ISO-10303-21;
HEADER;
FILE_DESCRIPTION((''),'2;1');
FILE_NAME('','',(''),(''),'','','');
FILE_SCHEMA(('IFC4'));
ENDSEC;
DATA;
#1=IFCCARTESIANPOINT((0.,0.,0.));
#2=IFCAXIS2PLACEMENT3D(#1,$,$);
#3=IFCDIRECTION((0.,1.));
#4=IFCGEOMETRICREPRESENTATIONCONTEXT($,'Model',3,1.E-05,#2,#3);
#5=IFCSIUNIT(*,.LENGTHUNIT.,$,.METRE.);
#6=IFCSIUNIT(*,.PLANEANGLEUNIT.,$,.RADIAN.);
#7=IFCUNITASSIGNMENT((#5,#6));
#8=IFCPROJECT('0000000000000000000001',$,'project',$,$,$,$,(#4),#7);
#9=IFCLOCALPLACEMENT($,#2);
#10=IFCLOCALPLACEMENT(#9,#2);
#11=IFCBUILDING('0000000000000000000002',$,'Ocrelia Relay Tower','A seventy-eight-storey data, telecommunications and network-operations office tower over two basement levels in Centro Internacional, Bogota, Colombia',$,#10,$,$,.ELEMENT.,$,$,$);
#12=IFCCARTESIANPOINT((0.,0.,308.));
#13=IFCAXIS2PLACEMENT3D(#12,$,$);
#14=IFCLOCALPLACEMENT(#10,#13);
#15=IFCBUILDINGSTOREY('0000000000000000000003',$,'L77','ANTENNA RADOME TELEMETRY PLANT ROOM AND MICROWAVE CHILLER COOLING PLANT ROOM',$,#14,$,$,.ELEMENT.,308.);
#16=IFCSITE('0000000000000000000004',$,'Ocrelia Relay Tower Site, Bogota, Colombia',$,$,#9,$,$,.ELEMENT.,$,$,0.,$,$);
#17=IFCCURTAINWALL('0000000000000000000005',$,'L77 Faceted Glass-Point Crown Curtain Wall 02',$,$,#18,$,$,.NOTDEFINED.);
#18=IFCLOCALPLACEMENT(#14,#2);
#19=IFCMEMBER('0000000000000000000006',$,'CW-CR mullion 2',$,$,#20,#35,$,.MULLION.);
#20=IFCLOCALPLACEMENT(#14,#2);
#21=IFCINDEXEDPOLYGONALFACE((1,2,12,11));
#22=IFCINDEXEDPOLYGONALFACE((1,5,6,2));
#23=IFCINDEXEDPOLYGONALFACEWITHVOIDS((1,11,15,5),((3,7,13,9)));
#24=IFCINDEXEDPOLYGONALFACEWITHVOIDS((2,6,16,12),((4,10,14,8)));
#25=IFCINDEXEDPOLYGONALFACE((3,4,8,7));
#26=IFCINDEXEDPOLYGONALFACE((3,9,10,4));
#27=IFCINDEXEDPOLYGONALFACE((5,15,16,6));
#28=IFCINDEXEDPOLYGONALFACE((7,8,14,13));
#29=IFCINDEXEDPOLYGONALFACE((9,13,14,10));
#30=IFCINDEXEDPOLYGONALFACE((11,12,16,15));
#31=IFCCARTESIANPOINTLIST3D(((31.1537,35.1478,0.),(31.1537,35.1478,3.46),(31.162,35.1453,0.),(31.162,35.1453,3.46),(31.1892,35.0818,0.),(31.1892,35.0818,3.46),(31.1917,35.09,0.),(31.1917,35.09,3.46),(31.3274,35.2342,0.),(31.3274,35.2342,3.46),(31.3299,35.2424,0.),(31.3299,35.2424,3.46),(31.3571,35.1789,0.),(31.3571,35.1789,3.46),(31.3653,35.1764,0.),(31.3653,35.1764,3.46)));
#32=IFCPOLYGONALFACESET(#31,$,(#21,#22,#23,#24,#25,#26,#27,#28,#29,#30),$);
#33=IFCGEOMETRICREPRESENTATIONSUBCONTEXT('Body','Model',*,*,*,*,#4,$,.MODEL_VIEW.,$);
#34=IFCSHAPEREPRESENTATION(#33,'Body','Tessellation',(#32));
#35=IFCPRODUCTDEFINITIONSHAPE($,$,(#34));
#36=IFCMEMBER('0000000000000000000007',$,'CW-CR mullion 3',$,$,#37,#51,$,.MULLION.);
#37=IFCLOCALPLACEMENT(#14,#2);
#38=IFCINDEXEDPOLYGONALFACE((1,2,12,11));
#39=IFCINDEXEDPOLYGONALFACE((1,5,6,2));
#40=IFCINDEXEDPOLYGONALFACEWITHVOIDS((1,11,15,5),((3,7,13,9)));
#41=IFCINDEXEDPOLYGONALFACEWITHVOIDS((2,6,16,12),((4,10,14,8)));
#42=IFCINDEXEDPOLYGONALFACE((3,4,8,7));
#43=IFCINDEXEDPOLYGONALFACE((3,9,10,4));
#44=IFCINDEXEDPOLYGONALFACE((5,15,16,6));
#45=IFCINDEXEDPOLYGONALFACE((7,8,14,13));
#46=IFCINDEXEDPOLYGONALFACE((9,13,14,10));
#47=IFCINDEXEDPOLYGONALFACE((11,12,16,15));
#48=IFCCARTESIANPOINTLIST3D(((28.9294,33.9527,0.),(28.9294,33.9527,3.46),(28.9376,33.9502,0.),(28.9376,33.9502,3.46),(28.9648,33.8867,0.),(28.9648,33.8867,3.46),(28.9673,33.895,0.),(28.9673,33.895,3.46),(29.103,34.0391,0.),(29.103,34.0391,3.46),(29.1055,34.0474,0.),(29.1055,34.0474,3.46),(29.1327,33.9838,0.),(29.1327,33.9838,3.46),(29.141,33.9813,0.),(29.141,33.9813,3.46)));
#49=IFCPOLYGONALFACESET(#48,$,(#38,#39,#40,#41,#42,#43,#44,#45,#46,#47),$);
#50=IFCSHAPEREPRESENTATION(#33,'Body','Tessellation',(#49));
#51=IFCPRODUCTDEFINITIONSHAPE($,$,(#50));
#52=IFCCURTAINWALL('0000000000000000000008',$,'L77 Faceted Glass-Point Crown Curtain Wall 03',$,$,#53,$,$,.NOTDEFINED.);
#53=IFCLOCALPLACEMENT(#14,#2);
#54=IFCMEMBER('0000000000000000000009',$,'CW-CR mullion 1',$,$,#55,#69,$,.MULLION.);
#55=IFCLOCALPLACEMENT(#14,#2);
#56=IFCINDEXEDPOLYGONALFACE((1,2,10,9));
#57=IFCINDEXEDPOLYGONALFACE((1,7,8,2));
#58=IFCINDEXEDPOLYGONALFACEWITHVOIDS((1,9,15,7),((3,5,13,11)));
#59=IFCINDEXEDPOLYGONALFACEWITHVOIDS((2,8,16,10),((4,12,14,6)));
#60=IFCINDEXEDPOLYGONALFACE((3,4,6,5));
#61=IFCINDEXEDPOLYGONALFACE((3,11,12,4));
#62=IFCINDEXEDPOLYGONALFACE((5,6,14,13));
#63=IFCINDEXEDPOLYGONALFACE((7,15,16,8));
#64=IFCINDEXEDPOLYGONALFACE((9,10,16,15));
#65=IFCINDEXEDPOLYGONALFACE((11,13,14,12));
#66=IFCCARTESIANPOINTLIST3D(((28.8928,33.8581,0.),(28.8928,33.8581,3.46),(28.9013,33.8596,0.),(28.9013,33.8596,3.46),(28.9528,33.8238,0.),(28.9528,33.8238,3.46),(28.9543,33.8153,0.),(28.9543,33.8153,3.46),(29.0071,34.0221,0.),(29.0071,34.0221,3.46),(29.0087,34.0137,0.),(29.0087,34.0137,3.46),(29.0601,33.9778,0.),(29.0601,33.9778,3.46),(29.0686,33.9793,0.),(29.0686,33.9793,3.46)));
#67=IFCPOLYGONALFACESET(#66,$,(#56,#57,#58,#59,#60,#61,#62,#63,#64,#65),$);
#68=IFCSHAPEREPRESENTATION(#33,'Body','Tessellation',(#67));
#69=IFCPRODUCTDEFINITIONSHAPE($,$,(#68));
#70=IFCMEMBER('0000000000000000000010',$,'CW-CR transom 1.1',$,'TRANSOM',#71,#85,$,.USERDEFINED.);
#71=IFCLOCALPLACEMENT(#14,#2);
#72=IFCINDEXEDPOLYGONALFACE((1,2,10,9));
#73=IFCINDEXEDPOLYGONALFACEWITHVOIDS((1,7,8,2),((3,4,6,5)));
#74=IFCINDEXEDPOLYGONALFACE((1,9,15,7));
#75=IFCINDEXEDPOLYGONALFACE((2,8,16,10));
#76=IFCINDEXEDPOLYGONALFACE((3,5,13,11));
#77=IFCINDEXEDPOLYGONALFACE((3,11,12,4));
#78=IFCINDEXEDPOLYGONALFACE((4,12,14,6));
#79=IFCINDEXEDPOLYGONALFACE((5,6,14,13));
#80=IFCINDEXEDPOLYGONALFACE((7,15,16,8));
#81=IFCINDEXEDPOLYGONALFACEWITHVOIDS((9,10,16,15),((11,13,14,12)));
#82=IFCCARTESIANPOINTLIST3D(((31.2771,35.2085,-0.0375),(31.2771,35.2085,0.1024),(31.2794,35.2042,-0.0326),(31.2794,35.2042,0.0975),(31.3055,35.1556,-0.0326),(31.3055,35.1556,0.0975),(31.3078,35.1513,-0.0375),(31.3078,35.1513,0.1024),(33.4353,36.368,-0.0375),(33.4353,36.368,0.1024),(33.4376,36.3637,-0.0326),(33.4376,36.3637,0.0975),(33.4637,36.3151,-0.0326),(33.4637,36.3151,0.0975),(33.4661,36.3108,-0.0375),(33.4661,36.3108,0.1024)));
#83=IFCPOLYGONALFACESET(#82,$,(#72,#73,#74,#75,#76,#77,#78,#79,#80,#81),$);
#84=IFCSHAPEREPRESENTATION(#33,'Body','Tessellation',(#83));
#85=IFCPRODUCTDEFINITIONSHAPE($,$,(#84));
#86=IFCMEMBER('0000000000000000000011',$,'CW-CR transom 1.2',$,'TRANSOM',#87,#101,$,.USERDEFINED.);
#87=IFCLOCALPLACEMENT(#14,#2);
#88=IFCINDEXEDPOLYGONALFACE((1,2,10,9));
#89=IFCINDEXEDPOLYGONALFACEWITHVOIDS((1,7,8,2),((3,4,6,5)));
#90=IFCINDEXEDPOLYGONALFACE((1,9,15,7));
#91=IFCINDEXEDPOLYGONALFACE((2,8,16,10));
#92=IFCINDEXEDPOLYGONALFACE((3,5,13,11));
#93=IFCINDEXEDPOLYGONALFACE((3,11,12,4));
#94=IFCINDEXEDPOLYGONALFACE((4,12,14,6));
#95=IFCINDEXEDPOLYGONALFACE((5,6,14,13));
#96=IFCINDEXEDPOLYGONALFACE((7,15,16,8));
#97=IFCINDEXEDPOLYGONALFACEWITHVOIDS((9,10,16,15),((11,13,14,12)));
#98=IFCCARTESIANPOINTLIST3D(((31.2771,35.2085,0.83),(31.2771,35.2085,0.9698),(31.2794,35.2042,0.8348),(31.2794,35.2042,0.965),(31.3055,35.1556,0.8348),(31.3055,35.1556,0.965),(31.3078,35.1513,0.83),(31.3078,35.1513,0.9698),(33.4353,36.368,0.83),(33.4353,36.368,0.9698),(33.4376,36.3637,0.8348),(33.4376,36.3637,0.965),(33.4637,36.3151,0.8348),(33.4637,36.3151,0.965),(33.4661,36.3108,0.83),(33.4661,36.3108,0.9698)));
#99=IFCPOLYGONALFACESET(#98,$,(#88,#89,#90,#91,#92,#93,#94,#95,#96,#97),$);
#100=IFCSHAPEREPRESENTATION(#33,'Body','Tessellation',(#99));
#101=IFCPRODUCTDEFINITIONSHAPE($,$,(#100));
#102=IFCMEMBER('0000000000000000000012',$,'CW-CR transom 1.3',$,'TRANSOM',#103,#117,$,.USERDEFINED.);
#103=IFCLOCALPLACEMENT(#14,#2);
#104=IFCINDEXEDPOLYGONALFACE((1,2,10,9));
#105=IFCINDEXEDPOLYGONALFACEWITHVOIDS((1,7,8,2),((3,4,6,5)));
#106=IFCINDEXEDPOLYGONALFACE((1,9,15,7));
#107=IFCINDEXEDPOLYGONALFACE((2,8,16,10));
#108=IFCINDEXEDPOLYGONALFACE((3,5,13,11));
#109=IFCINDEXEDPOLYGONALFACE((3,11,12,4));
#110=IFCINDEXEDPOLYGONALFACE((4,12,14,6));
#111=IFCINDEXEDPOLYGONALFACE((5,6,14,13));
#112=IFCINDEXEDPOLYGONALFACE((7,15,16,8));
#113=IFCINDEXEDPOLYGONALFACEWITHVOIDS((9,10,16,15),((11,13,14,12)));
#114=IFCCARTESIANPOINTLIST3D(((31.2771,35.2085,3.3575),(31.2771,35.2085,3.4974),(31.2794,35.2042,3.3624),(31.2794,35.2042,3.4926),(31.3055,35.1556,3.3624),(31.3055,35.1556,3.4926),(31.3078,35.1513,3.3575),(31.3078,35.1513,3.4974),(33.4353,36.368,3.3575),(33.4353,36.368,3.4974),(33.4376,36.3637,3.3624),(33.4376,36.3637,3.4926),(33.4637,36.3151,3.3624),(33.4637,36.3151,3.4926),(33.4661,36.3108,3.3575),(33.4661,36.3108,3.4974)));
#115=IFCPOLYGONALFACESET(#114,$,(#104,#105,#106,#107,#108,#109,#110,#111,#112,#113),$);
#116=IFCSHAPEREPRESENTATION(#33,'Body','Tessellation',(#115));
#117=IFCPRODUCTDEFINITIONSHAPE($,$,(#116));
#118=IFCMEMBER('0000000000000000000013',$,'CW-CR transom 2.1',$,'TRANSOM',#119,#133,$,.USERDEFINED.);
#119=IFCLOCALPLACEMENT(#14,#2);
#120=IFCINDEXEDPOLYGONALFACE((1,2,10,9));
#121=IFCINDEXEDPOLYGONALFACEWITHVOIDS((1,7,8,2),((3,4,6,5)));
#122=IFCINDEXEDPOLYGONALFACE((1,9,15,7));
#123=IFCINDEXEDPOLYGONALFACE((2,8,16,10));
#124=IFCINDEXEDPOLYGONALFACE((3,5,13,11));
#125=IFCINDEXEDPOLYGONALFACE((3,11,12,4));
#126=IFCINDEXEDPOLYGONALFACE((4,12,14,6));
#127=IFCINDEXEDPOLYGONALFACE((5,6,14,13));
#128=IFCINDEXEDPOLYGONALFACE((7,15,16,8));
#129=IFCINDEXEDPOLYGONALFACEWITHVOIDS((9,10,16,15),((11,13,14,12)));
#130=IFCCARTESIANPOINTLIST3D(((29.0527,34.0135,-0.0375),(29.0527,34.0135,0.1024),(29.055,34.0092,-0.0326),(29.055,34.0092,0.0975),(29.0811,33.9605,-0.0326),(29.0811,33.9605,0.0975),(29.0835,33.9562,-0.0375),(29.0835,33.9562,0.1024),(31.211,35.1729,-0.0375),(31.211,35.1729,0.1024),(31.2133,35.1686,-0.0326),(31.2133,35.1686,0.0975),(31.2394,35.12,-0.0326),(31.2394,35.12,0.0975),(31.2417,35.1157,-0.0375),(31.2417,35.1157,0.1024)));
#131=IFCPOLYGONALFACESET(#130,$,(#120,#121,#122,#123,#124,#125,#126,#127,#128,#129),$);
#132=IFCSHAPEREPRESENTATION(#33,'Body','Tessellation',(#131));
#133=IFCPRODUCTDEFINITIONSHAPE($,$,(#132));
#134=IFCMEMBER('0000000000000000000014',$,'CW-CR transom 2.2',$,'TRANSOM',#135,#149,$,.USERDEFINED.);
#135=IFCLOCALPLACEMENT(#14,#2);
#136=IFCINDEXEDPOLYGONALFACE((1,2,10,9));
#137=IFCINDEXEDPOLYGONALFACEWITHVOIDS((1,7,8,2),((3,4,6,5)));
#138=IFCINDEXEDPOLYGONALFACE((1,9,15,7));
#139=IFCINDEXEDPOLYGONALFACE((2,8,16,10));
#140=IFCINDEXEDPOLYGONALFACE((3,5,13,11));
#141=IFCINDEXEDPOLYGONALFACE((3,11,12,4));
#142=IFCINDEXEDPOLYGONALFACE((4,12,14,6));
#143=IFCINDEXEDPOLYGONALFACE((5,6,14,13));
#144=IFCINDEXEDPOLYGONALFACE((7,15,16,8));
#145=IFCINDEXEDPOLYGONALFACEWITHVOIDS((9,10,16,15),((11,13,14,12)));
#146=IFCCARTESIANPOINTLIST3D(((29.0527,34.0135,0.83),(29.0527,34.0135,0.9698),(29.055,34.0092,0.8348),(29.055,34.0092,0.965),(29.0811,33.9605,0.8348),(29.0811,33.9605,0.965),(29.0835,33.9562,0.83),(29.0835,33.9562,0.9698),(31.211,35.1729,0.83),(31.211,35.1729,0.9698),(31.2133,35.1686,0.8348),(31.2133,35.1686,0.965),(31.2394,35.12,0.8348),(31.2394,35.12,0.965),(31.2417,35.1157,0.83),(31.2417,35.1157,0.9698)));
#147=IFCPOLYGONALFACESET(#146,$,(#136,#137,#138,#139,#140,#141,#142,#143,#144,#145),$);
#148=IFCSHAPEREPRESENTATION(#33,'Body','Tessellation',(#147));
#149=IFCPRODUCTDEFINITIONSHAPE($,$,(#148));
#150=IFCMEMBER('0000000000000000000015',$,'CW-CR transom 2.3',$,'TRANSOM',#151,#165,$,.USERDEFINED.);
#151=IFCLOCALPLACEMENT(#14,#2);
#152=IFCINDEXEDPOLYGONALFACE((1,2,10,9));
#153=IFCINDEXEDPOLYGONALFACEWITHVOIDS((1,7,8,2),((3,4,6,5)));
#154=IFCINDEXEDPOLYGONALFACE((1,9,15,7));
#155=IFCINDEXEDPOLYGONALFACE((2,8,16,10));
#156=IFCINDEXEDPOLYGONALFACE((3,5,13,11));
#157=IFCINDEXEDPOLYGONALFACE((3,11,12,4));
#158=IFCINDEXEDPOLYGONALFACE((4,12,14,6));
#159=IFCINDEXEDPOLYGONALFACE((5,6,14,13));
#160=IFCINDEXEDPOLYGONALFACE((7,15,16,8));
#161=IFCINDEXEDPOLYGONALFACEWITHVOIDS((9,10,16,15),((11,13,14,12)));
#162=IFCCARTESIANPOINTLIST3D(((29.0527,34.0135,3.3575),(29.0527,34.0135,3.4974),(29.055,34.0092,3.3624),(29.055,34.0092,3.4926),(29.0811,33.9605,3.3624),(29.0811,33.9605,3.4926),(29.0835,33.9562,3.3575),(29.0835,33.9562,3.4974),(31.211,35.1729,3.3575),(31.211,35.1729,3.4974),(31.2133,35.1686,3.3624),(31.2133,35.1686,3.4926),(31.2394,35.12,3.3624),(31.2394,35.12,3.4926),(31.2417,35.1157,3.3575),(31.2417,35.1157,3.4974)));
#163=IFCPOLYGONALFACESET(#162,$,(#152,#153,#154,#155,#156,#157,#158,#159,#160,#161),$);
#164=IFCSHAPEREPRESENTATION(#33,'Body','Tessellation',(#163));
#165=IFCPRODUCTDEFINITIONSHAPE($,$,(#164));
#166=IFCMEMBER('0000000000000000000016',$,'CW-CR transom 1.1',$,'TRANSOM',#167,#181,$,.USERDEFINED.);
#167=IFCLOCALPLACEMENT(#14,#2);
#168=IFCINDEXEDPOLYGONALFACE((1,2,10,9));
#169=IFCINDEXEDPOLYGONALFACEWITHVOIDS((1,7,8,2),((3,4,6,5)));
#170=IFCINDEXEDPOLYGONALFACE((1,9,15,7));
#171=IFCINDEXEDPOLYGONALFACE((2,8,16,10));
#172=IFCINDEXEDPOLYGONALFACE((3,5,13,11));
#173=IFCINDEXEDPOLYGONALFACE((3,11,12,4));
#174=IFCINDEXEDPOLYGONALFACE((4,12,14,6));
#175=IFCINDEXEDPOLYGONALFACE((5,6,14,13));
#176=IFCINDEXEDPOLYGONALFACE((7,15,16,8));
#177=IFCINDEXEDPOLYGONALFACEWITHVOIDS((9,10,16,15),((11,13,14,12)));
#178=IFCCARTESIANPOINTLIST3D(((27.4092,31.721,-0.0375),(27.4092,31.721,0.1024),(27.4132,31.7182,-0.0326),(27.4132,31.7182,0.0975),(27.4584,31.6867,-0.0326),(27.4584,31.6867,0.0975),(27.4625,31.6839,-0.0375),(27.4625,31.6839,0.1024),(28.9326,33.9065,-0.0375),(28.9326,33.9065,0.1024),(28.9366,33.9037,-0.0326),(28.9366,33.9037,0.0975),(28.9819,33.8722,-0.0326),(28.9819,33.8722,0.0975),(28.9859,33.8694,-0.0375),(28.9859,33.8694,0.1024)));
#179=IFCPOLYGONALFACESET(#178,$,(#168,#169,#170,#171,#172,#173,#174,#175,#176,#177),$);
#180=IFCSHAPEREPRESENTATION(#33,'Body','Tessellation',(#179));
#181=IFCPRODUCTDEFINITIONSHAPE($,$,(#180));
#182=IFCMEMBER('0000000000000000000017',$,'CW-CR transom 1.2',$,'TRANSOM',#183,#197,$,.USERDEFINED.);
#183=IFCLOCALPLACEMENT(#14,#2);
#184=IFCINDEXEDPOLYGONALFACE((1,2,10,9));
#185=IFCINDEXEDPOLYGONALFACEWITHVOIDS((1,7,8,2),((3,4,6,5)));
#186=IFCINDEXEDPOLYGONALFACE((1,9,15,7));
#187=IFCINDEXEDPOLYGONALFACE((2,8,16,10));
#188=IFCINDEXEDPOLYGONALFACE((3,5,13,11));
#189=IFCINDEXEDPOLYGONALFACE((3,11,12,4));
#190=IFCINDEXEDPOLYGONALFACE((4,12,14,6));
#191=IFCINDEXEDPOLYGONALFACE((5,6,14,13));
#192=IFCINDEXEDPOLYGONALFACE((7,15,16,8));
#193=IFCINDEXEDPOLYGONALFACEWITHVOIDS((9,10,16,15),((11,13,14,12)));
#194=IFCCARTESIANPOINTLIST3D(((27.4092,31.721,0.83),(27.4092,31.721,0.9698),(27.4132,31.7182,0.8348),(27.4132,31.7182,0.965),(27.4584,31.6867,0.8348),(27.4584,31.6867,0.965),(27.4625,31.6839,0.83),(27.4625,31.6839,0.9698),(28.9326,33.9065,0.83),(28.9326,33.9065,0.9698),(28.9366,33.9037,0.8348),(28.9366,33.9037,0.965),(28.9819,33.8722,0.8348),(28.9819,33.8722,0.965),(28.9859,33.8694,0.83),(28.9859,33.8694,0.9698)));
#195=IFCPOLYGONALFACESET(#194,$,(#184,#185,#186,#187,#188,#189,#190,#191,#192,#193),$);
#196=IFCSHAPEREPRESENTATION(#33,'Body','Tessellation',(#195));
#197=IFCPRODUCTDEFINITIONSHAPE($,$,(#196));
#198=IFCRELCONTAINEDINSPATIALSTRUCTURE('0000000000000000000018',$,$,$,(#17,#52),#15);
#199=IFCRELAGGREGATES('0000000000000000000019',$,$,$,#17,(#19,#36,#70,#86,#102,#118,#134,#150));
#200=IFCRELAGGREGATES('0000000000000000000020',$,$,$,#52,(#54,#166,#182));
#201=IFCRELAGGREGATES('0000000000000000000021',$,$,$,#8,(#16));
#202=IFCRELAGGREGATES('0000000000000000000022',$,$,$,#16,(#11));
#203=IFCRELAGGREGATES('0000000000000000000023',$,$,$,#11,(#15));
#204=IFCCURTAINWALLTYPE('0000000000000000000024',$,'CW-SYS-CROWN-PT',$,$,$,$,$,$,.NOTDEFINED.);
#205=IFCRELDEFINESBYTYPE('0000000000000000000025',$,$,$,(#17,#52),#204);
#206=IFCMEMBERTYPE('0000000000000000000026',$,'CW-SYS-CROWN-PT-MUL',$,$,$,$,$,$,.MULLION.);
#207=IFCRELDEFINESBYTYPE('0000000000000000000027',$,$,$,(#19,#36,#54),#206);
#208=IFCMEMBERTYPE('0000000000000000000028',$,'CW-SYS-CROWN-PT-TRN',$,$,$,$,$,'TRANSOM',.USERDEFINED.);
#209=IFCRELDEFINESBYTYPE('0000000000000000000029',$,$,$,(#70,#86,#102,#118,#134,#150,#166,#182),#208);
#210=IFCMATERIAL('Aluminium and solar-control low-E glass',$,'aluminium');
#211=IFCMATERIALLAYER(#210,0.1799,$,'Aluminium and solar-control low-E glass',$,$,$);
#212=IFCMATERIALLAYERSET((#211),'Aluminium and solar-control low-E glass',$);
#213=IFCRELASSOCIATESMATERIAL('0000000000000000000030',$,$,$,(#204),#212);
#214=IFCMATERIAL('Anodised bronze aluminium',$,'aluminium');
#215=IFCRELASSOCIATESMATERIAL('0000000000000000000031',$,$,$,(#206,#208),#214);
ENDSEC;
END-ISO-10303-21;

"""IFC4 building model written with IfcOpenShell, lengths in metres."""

from ifc_helpers import new_model, si_unit, direction, frame, origin, origin_2d, place, context, subcontext, project, spatial, hollow_rectangle, extrude, material, layer, layer_set, material_profile, profile_set, type_object, element, aggregate, save


model = new_model("IFC4")

# Units and contexts
model_context = context("Model", 3, precision=1e-05, world=origin(), true_north=direction((0.0, 1.0)))
body_context = subcontext(model_context, "Body", "Model", "MODEL_VIEW")
ifc_project = project(units=[si_unit("LENGTHUNIT", "METRE"), si_unit("PLANEANGLEUNIT", "RADIAN")], contexts=[model_context])

# Site, building, storey
site_placement = place(None, origin())
site = spatial("IfcSite", under=ifc_project, at=site_placement, Name="Ocrelia Relay Tower Site, Bogota, Colombia", CompositionType="ELEMENT", RefElevation=0.0)
building_placement = place(site_placement, origin())
building = spatial("IfcBuilding", under=site, at=building_placement, Name="Ocrelia Relay Tower", Description="A seventy-eight-storey data, telecommunications and network-operations office tower over two basement levels in Centro Internacional, Bogota, Colombia", CompositionType="ELEMENT")
storey_placement = place(building_placement, frame((0.0, 0.0, 308.0)))
storey = spatial("IfcBuildingStorey", under=building, at=storey_placement, Name="L77", Description="ANTENNA RADOME TELEMETRY PLANT ROOM AND MICROWAVE CHILLER COOLING PLANT ROOM", CompositionType="ELEMENT", Elevation=308.0)

# Shared definitions
ifc_material_1 = material(Name="Aluminium and solar-control low-E glass", Category="aluminium")
ifc_layer_1 = layer(ifc_material_1, 0.1799, Name="Aluminium and solar-control low-E glass")
ifc_layer_set_1 = layer_set([ifc_layer_1], Name="Aluminium and solar-control low-E glass")
curtain_wall_type = type_object("IfcCurtainWallType", Name="CW-SYS-CROWN-PT", PredefinedType="NOTDEFINED", material=ifc_layer_set_1)
ifc_material_2 = material(Name="Anodised bronze aluminium", Category="aluminium")
ifc_material_profile_1 = material_profile(ifc_material_2, hollow_rectangle(XDim=0.075, YDim=0.2, WallThickness=0.0061, at=origin_2d()), Name="CW-MUL-200x75")
ifc_profile_set_1 = profile_set([ifc_material_profile_1], Name="Anodised bronze aluminium")
member_type_1 = type_object("IfcMemberType", Name="CW-SYS-CROWN-PT-MUL", PredefinedType="MULLION", material=ifc_profile_set_1)

# Curtain wall, members
curtain_wall_1_placement = place(storey_placement, origin())
curtain_wall_1 = element("IfcCurtainWall", 1, at=curtain_wall_1_placement, inside=storey, type_object=curtain_wall_type, Name="L77 Faceted Glass-Point Crown Curtain Wall 02", PredefinedType="NOTDEFINED")
member_1_placement = place(storey_placement, frame((31.2595, 35.1621, 0.0), z_axis=(0.0, 0.0, 1.0), x_axis=(0.473277, -0.880914, 0.0)))
member_1 = element("IfcMember", 2, at=member_1_placement, type_object=member_type_1, Name="CW-CR mullion 2", PredefinedType="MULLION", context=body_context, shape_type="SweptSolid", body=[
    extrude(hollow_rectangle(XDim=0.075, YDim=0.2, WallThickness=0.0061, at=origin_2d()), origin(), (0.0, 0.0, 1.0), 3.46),
])
member_2_placement = place(storey_placement, frame((29.0352, 33.967, 0.0), z_axis=(0.0, 0.0, 1.0), x_axis=(0.473277, -0.880914, 0.0)))
member_2 = element("IfcMember", 3, at=member_2_placement, type_object=member_type_1, Name="CW-CR mullion 3", PredefinedType="MULLION", context=body_context, shape_type="SweptSolid", body=[
    extrude(hollow_rectangle(XDim=0.075, YDim=0.2, WallThickness=0.0061, at=origin_2d()), origin(), (0.0, 0.0, 1.0), 3.46),
])

# Curtain wall, member
curtain_wall_2_placement = place(storey_placement, origin())
curtain_wall_2 = element("IfcCurtainWall", 4, at=curtain_wall_2_placement, inside=storey, type_object=curtain_wall_type, Name="L77 Faceted Glass-Point Crown Curtain Wall 03", PredefinedType="NOTDEFINED")
member_3_placement = place(storey_placement, frame((28.9807, 33.9187, 0.0), z_axis=(0.0, 0.0, 1.0), x_axis=(0.82036, -0.571848, 0.0)))
member_3 = element("IfcMember", 5, at=member_3_placement, type_object=member_type_1, Name="CW-CR mullion 1", PredefinedType="MULLION", context=body_context, shape_type="SweptSolid", body=[
    extrude(hollow_rectangle(XDim=0.075, YDim=0.2, WallThickness=0.0061, at=origin_2d()), origin(), (0.0, 0.0, 1.0), 3.46),
])

# Members
ifc_material_profile_2 = material_profile(ifc_material_2, hollow_rectangle(XDim=0.0649, YDim=0.1399, WallThickness=0.0049, at=origin_2d()), Name="CW-TRN-140x65")
ifc_profile_set_2 = profile_set([ifc_material_profile_2], Name="Anodised bronze aluminium")
member_type_2 = type_object("IfcMemberType", Name="CW-SYS-CROWN-PT-TRN", ElementType="TRANSOM", PredefinedType="USERDEFINED", material=ifc_profile_set_2)
member_4_placement = place(storey_placement, frame((33.4507, 36.3394, 0.0325), z_axis=(-0.880928, -0.47325, 0.0), x_axis=(0.47325, -0.880928, 0.0)))
member_4 = element("IfcMember", 6, at=member_4_placement, type_object=member_type_2, Name="CW-CR transom 1.1", ObjectType="TRANSOM", PredefinedType="USERDEFINED", context=body_context, shape_type="SweptSolid", body=[
    extrude(hollow_rectangle(XDim=0.0649, YDim=0.1399, WallThickness=0.0049, at=origin_2d()), origin(), (0.0, 0.0, 1.0), 2.45),
])
member_5_placement = place(storey_placement, frame((33.4507, 36.3394, 0.8999), z_axis=(-0.880928, -0.47325, 0.0), x_axis=(0.47325, -0.880928, 0.0)))
member_5 = element("IfcMember", 7, at=member_5_placement, type_object=member_type_2, Name="CW-CR transom 1.2", ObjectType="TRANSOM", PredefinedType="USERDEFINED", context=body_context, shape_type="SweptSolid", body=[
    extrude(hollow_rectangle(XDim=0.0649, YDim=0.1399, WallThickness=0.0049, at=origin_2d()), origin(), (0.0, 0.0, 1.0), 2.45),
])
member_6_placement = place(storey_placement, frame((33.4507, 36.3394, 3.4275), z_axis=(-0.880928, -0.47325, 0.0), x_axis=(0.47325, -0.880928, 0.0)))
member_6 = element("IfcMember", 8, at=member_6_placement, type_object=member_type_2, Name="CW-CR transom 1.3", ObjectType="TRANSOM", PredefinedType="USERDEFINED", context=body_context, shape_type="SweptSolid", body=[
    extrude(hollow_rectangle(XDim=0.0649, YDim=0.1399, WallThickness=0.0049, at=origin_2d()), origin(), (0.0, 0.0, 1.0), 2.45),
])
member_7_placement = place(storey_placement, frame((31.2263, 35.1443, 0.0325), z_axis=(-0.880928, -0.47325, 0.0), x_axis=(0.47325, -0.880928, 0.0)))
member_7 = element("IfcMember", 9, at=member_7_placement, type_object=member_type_2, Name="CW-CR transom 2.1", ObjectType="TRANSOM", PredefinedType="USERDEFINED", context=body_context, shape_type="SweptSolid", body=[
    extrude(hollow_rectangle(XDim=0.0649, YDim=0.1399, WallThickness=0.0049, at=origin_2d()), origin(), (0.0, 0.0, 1.0), 2.45),
])
member_8_placement = place(storey_placement, frame((31.2263, 35.1443, 0.8999), z_axis=(-0.880928, -0.47325, 0.0), x_axis=(0.47325, -0.880928, 0.0)))
member_8 = element("IfcMember", 10, at=member_8_placement, type_object=member_type_2, Name="CW-CR transom 2.2", ObjectType="TRANSOM", PredefinedType="USERDEFINED", context=body_context, shape_type="SweptSolid", body=[
    extrude(hollow_rectangle(XDim=0.0649, YDim=0.1399, WallThickness=0.0049, at=origin_2d()), origin(), (0.0, 0.0, 1.0), 2.45),
])
member_9_placement = place(storey_placement, frame((31.2263, 35.1443, 3.4275), z_axis=(-0.880928, -0.47325, 0.0), x_axis=(0.47325, -0.880928, 0.0)))
member_9 = element("IfcMember", 11, at=member_9_placement, type_object=member_type_2, Name="CW-CR transom 2.3", ObjectType="TRANSOM", PredefinedType="USERDEFINED", context=body_context, shape_type="SweptSolid", body=[
    extrude(hollow_rectangle(XDim=0.0649, YDim=0.1399, WallThickness=0.0049, at=origin_2d()), origin(), (0.0, 0.0, 1.0), 2.45),
])
member_10_placement = place(storey_placement, frame((28.9592, 33.8879, 0.0325), z_axis=(-0.571838, -0.820367, 0.0), x_axis=(0.820367, -0.571838, 0.0)))
member_10 = element("IfcMember", 12, at=member_10_placement, type_object=member_type_2, Name="CW-CR transom 1.1", ObjectType="TRANSOM", PredefinedType="USERDEFINED", context=body_context, shape_type="SweptSolid", body=[
    extrude(hollow_rectangle(XDim=0.0649, YDim=0.1399, WallThickness=0.0049, at=origin_2d()), origin(), (0.0, 0.0, 1.0), 2.6641),
])
member_11_placement = place(storey_placement, frame((28.9592, 33.8879, 0.8999), z_axis=(-0.571838, -0.820367, 0.0), x_axis=(0.820367, -0.571838, 0.0)))
member_11 = element("IfcMember", 13, at=member_11_placement, type_object=member_type_2, Name="CW-CR transom 1.2", ObjectType="TRANSOM", PredefinedType="USERDEFINED", context=body_context, shape_type="SweptSolid", body=[
    extrude(hollow_rectangle(XDim=0.0649, YDim=0.1399, WallThickness=0.0049, at=origin_2d()), origin(), (0.0, 0.0, 1.0), 2.6641),
])

aggregate(curtain_wall_1, [member_1, member_2, member_4, member_5, member_6, member_7, member_8, member_9])
aggregate(curtain_wall_2, [member_3, member_10, member_11])

save(model, "model.ifc")
